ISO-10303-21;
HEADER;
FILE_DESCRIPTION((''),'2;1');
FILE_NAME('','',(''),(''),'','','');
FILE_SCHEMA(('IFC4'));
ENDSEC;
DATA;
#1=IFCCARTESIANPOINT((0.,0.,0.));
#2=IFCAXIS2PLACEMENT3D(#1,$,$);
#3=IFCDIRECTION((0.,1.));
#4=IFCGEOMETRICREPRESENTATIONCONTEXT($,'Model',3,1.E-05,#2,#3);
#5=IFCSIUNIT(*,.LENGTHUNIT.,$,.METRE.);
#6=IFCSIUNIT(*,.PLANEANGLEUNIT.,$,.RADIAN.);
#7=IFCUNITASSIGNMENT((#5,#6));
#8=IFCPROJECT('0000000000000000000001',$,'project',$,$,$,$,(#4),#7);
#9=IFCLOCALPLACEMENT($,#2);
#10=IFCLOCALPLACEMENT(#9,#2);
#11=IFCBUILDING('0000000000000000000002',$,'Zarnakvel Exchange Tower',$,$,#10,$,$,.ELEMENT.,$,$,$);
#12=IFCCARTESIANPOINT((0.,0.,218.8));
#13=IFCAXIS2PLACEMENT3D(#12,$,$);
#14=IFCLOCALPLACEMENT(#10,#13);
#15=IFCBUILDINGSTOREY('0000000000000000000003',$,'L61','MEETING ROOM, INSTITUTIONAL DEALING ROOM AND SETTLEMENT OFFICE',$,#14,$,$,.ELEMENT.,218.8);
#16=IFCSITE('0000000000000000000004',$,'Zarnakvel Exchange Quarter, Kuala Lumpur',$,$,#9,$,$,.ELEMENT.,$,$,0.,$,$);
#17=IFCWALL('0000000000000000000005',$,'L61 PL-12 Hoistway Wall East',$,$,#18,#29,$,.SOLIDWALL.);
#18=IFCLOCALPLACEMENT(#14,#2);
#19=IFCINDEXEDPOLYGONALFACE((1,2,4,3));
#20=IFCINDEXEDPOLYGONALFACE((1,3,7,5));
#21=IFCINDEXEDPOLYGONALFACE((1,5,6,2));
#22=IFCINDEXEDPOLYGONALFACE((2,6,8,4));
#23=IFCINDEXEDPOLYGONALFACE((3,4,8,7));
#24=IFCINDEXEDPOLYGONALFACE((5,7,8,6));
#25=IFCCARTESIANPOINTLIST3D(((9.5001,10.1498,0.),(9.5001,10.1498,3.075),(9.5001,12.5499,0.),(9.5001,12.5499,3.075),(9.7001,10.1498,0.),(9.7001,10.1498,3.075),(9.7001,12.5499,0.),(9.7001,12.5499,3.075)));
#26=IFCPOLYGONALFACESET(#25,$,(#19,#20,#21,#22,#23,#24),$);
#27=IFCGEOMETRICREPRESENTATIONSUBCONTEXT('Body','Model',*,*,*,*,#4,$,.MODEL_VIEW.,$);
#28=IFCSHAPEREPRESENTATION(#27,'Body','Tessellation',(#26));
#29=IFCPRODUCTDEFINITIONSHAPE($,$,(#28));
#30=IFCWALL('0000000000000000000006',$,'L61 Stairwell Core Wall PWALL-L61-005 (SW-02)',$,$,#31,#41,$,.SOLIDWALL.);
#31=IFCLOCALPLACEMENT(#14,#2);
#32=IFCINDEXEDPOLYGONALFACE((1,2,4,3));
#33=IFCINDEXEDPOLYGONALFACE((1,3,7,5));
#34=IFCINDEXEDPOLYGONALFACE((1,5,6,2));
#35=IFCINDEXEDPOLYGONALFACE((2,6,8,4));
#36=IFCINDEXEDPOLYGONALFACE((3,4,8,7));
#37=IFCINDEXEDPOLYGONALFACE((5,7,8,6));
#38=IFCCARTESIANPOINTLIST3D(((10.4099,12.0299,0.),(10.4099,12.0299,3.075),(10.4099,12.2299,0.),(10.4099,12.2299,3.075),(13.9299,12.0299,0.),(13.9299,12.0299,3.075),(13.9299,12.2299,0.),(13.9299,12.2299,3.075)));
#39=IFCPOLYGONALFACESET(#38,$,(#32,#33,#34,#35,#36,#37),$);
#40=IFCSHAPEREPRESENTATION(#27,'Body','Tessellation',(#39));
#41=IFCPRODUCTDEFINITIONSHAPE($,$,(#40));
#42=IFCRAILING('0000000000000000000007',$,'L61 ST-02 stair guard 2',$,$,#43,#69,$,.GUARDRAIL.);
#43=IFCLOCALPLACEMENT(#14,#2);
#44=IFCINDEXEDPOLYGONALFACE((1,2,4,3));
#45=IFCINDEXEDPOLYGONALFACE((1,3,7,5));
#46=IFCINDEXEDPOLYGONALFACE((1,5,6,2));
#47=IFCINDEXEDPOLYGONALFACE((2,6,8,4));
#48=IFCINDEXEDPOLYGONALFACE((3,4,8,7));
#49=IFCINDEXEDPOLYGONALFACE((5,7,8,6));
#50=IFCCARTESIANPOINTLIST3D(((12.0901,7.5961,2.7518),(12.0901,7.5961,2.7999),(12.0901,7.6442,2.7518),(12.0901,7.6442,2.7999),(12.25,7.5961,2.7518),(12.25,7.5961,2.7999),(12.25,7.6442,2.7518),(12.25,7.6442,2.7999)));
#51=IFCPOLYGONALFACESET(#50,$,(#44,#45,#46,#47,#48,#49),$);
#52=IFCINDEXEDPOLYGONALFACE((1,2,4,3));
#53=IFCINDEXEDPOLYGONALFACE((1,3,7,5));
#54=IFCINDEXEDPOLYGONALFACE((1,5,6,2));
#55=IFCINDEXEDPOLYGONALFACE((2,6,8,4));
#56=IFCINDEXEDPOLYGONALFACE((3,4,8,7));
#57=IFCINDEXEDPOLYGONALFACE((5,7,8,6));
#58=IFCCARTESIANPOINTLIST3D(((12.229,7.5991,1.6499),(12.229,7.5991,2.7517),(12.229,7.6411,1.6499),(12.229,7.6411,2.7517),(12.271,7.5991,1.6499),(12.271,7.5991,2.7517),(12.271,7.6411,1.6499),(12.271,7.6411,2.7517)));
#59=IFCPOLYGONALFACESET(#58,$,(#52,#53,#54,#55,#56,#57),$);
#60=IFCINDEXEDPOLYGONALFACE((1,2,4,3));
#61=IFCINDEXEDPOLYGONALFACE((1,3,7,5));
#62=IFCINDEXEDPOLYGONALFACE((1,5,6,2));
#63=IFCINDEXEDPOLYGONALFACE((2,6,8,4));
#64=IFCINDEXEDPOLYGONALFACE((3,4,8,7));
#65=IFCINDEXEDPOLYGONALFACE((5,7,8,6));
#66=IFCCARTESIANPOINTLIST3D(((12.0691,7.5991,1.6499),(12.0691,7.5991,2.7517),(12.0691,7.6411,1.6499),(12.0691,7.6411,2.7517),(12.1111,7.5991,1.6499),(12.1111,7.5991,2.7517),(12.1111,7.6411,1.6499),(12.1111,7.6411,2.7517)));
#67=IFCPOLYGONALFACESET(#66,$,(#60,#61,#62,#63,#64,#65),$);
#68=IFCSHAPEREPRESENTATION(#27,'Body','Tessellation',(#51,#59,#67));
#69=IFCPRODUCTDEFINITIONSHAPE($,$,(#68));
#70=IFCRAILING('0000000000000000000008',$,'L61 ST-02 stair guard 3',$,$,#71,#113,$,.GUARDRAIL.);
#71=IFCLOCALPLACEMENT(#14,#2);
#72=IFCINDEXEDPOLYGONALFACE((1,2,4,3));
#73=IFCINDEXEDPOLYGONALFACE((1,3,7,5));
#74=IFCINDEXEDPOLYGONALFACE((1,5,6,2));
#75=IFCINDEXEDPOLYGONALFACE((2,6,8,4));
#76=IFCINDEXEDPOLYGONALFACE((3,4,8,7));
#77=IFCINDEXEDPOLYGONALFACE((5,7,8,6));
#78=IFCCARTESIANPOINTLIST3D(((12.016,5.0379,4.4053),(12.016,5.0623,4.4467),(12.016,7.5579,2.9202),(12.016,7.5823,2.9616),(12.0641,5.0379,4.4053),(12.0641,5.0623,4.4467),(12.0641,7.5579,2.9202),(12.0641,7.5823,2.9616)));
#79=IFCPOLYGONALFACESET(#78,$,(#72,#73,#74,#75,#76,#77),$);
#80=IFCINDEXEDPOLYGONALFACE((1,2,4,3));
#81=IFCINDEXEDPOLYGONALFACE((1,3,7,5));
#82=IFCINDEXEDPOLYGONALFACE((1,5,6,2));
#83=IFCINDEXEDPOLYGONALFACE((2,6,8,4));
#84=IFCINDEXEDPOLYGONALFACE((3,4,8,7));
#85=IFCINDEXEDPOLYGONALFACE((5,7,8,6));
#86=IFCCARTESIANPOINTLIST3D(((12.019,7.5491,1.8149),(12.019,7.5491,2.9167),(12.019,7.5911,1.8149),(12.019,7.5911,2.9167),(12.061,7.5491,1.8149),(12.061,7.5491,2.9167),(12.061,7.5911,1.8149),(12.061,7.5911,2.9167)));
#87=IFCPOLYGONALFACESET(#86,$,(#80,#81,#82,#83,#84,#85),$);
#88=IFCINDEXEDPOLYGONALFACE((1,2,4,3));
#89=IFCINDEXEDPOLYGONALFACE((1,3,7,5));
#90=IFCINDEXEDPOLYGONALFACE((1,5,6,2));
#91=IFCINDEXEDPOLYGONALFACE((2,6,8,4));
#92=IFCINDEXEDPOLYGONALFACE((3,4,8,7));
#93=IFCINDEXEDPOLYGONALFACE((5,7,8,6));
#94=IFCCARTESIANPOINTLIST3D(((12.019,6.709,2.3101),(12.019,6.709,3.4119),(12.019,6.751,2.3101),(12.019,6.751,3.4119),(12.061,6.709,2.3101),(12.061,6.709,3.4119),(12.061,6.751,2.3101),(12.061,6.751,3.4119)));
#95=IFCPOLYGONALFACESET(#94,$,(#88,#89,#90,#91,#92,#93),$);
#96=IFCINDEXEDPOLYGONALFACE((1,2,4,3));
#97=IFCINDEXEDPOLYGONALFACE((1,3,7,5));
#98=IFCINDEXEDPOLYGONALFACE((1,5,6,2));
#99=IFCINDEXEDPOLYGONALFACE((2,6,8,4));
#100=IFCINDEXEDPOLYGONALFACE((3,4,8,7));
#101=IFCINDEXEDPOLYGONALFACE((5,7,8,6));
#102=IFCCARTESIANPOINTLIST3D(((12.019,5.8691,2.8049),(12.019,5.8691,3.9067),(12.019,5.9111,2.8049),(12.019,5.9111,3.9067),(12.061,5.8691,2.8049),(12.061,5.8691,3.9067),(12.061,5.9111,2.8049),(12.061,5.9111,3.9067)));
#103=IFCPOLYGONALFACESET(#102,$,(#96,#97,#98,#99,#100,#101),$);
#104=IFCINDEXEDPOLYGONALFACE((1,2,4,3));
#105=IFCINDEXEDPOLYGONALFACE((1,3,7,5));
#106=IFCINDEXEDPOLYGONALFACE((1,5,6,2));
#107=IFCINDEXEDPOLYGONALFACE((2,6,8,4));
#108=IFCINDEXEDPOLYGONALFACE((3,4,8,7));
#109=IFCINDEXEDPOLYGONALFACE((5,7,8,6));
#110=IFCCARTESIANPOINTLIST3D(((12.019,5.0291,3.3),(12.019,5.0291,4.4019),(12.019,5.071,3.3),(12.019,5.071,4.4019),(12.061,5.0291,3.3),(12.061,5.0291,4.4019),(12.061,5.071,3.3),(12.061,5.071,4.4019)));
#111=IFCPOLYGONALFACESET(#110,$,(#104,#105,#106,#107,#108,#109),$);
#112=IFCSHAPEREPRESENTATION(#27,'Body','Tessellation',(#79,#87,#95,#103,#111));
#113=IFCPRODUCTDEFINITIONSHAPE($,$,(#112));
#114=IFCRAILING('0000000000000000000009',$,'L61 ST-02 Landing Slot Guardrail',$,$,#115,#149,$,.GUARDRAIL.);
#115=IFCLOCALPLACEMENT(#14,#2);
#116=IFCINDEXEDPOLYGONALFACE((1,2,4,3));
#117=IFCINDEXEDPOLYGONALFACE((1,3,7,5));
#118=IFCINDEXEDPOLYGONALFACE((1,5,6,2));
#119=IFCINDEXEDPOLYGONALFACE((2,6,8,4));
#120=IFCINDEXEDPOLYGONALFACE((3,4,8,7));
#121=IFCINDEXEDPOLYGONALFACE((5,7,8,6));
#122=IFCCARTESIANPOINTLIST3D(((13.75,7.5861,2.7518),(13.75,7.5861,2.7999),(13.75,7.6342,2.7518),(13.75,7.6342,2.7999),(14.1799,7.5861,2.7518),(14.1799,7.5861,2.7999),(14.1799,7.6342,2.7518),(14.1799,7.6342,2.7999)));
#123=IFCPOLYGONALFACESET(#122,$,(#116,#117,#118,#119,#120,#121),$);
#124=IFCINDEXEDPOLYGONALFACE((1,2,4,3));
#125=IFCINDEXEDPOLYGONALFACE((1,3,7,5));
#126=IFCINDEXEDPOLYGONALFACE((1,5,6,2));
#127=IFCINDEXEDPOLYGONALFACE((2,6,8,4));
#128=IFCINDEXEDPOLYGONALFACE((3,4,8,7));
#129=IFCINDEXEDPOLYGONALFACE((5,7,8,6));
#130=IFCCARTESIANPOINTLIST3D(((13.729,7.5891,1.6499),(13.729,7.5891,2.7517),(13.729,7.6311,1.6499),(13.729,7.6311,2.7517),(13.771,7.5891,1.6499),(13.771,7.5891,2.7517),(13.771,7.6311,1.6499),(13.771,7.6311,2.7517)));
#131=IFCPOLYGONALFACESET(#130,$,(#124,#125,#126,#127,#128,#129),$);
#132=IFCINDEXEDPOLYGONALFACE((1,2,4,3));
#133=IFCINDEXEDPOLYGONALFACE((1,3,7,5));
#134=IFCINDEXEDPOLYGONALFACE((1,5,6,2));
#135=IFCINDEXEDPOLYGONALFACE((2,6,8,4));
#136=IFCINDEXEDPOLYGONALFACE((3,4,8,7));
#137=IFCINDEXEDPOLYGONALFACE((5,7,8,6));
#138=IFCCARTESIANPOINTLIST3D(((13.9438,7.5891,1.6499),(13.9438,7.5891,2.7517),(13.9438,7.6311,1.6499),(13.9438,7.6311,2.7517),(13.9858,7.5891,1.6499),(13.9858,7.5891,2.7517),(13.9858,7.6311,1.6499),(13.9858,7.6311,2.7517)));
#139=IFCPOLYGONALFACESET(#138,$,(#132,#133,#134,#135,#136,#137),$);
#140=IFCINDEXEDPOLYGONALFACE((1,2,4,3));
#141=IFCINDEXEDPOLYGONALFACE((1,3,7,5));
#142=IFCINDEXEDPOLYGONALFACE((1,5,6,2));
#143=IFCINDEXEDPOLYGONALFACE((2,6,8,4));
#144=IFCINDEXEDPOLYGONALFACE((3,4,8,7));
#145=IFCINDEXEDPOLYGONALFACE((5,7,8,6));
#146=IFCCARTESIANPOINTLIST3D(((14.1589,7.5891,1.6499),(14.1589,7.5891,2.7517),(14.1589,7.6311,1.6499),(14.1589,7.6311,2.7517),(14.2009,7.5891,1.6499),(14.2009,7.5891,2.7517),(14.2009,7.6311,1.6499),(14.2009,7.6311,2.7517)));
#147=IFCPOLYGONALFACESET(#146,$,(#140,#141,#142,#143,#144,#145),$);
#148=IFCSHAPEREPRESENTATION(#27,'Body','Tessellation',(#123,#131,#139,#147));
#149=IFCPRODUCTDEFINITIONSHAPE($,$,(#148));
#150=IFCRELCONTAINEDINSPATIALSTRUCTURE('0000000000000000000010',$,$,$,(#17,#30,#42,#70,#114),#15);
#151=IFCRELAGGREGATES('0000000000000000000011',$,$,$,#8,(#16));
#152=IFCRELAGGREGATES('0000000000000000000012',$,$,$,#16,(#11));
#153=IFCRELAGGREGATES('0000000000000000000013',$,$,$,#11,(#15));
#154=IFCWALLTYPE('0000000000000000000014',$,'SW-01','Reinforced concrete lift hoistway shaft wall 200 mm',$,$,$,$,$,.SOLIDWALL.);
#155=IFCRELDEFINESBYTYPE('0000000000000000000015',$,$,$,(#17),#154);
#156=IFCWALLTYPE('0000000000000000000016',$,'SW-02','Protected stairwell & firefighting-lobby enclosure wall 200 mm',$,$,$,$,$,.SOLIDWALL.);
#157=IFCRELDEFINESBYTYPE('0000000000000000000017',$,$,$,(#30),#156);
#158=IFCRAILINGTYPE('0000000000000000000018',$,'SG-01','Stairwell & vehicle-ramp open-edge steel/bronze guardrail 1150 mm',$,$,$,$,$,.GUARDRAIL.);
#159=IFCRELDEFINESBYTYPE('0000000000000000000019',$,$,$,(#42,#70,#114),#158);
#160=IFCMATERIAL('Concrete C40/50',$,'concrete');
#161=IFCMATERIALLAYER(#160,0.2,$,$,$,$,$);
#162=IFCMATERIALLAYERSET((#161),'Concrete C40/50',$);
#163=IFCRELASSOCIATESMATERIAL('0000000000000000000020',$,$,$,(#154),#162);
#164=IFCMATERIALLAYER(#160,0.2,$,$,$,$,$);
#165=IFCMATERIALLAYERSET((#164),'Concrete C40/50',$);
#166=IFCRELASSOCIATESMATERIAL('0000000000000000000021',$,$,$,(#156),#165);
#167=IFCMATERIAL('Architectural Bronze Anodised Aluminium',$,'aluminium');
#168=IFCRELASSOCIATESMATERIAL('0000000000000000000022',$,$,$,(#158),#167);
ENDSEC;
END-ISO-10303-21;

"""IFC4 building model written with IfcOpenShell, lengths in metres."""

from ifc_helpers import new_model, si_unit, direction, frame, frame_2d, origin, origin_2d, place, context, subcontext, project, spatial, rectangle, extrude, material, layer, layer_set, type_object, element, save


model = new_model("IFC4")

# Units and contexts
model_context = context("Model", 3, precision=1e-05, world=origin(), true_north=direction((0.0, 1.0)))
body_context = subcontext(model_context, "Body", "Model", "MODEL_VIEW")
ifc_project = project(units=[si_unit("LENGTHUNIT", "METRE"), si_unit("PLANEANGLEUNIT", "RADIAN")], contexts=[model_context])

# Site, building, storey
site_placement = place(None, origin())
site = spatial("IfcSite", under=ifc_project, at=site_placement, Name="Zarnakvel Exchange Quarter, Kuala Lumpur", CompositionType="ELEMENT", RefElevation=0.0)
building_placement = place(site_placement, origin())
building = spatial("IfcBuilding", under=site, at=building_placement, Name="Zarnakvel Exchange Tower", CompositionType="ELEMENT")
storey_placement = place(building_placement, frame((0.0, 0.0, 218.8)))
storey = spatial("IfcBuildingStorey", under=building, at=storey_placement, Name="L61", Description="MEETING ROOM, INSTITUTIONAL DEALING ROOM AND SETTLEMENT OFFICE", CompositionType="ELEMENT", Elevation=218.8)

# Shared definitions
ifc_material_1 = material(Name="Architectural Bronze Anodised Aluminium", Category="aluminium")

# Walls
ifc_material_2 = material(Name="Concrete C40/50", Category="concrete")
ifc_layer_1 = layer(ifc_material_2, 0.2)
ifc_layer_set_1 = layer_set([ifc_layer_1], Name="Concrete C40/50")
wall_type_1 = type_object("IfcWallType", Name="SW-01", Description="Reinforced concrete lift hoistway shaft wall 200 mm", PredefinedType="SOLIDWALL", material=ifc_layer_set_1)
wall_1_placement = place(storey_placement, frame((9.6001, 12.55, 0.0), z_axis=(0.0, 0.0, 1.0), x_axis=(0.0, -1.0, 0.0)))
element("IfcWall", 1, at=wall_1_placement, inside=storey, type_object=wall_type_1, Name="L61 PL-12 Hoistway Wall East", PredefinedType="SOLIDWALL", context=body_context, shape_type="SweptSolid", body=[
    extrude(rectangle(XDim=2.4001, YDim=0.2, at=frame_2d((1.2002, 0.0))), origin(), (0.0, 0.0, 1.0), 3.075),
])
ifc_layer_2 = layer(ifc_material_2, 0.2)
ifc_layer_set_2 = layer_set([ifc_layer_2], Name="Concrete C40/50")
wall_type_2 = type_object("IfcWallType", Name="SW-02", Description="Protected stairwell & firefighting-lobby enclosure wall 200 mm", PredefinedType="SOLIDWALL", material=ifc_layer_set_2)
wall_2_placement = place(storey_placement, frame((10.4099, 12.1299, 0.0), z_axis=(0.0, 0.0, 1.0), x_axis=(1.0, 0.0, 0.0)))
element("IfcWall", 2, at=wall_2_placement, inside=storey, type_object=wall_type_2, Name="L61 Stairwell Core Wall PWALL-L61-005 (SW-02)", PredefinedType="SOLIDWALL", context=body_context, shape_type="SweptSolid", body=[
    extrude(rectangle(XDim=3.52, YDim=0.2, at=frame_2d((1.76, 0.0))), origin(), (0.0, 0.0, 1.0), 3.075),
])

# Railings
railing_type = type_object("IfcRailingType", Name="SG-01", Description="Stairwell & vehicle-ramp open-edge steel/bronze guardrail 1150 mm", PredefinedType="GUARDRAIL", material=ifc_material_1)
railing_1_placement = place(storey_placement, frame((12.25, 7.6201, 1.6499)))
element("IfcRailing", 3, at=railing_1_placement, inside=storey, type_object=railing_type, Name="L61 ST-02 stair guard 2", PredefinedType="GUARDRAIL", context=body_context, shape_type="SweptSolid", body=[
    extrude(rectangle(XDim=0.0481, YDim=0.0481, at=origin_2d()), frame((0.0, 0.0, 1.126), z_axis=(-1.0, 0.0, 0.0), x_axis=(0.0, -1.0, 0.0)), (0.0, 0.0, 1.0), 0.1599),
    extrude(rectangle(XDim=0.042, YDim=0.042, at=origin_2d()), origin(), (0.0, 0.0, 1.0), 1.1018),
    extrude(rectangle(XDim=0.042, YDim=0.042, at=origin_2d()), frame((-0.1599, 0.0, 0.0)), (0.0, 0.0, 1.0), 1.1018),
])
railing_2_placement = place(storey_placement, frame((12.04, 7.5701, 1.8149)))
element("IfcRailing", 4, at=railing_2_placement, inside=storey, type_object=railing_type, Name="L61 ST-02 stair guard 3", PredefinedType="GUARDRAIL", context=body_context, shape_type="SweptSolid", body=[
    extrude(rectangle(XDim=0.0481, YDim=0.0481, at=origin_2d()), frame((0.0, 0.0, 1.126), z_axis=(0.0, -0.861524, 0.507717), x_axis=(1.0, 0.0, 0.0)), (0.0, 0.0, 1.0), 2.925),
    extrude(rectangle(XDim=0.042, YDim=0.042, at=origin_2d()), origin(), (0.0, 0.0, 1.0), 1.1018),
    extrude(rectangle(XDim=0.042, YDim=0.042, at=origin_2d()), frame((0.0, -0.8401, 0.4951)), (0.0, 0.0, 1.0), 1.1018),
    extrude(rectangle(XDim=0.042, YDim=0.042, at=origin_2d()), frame((0.0, -1.6799, 0.99)), (0.0, 0.0, 1.0), 1.1018),
    extrude(rectangle(XDim=0.042, YDim=0.042, at=origin_2d()), frame((0.0, -2.52, 1.4851)), (0.0, 0.0, 1.0), 1.1018),
])
railing_3_placement = place(storey_placement, frame((13.75, 7.6101, 1.6499)))
element("IfcRailing", 5, at=railing_3_placement, inside=storey, type_object=railing_type, Name="L61 ST-02 Landing Slot Guardrail", PredefinedType="GUARDRAIL", context=body_context, shape_type="SweptSolid", body=[
    extrude(rectangle(XDim=0.0481, YDim=0.0481, at=origin_2d()), frame((0.0, 0.0, 1.126), z_axis=(1.0, 0.0, 0.0), x_axis=(0.0, 1.0, 0.0)), (0.0, 0.0, 1.0), 0.4299),
    extrude(rectangle(XDim=0.042, YDim=0.042, at=origin_2d()), origin(), (0.0, 0.0, 1.0), 1.1018),
    extrude(rectangle(XDim=0.042, YDim=0.042, at=origin_2d()), frame((0.2148, 0.0, 0.0)), (0.0, 0.0, 1.0), 1.1018),
    extrude(rectangle(XDim=0.042, YDim=0.042, at=origin_2d()), frame((0.4299, 0.0, 0.0)), (0.0, 0.0, 1.0), 1.1018),
])

save(model, "model.ifc")
